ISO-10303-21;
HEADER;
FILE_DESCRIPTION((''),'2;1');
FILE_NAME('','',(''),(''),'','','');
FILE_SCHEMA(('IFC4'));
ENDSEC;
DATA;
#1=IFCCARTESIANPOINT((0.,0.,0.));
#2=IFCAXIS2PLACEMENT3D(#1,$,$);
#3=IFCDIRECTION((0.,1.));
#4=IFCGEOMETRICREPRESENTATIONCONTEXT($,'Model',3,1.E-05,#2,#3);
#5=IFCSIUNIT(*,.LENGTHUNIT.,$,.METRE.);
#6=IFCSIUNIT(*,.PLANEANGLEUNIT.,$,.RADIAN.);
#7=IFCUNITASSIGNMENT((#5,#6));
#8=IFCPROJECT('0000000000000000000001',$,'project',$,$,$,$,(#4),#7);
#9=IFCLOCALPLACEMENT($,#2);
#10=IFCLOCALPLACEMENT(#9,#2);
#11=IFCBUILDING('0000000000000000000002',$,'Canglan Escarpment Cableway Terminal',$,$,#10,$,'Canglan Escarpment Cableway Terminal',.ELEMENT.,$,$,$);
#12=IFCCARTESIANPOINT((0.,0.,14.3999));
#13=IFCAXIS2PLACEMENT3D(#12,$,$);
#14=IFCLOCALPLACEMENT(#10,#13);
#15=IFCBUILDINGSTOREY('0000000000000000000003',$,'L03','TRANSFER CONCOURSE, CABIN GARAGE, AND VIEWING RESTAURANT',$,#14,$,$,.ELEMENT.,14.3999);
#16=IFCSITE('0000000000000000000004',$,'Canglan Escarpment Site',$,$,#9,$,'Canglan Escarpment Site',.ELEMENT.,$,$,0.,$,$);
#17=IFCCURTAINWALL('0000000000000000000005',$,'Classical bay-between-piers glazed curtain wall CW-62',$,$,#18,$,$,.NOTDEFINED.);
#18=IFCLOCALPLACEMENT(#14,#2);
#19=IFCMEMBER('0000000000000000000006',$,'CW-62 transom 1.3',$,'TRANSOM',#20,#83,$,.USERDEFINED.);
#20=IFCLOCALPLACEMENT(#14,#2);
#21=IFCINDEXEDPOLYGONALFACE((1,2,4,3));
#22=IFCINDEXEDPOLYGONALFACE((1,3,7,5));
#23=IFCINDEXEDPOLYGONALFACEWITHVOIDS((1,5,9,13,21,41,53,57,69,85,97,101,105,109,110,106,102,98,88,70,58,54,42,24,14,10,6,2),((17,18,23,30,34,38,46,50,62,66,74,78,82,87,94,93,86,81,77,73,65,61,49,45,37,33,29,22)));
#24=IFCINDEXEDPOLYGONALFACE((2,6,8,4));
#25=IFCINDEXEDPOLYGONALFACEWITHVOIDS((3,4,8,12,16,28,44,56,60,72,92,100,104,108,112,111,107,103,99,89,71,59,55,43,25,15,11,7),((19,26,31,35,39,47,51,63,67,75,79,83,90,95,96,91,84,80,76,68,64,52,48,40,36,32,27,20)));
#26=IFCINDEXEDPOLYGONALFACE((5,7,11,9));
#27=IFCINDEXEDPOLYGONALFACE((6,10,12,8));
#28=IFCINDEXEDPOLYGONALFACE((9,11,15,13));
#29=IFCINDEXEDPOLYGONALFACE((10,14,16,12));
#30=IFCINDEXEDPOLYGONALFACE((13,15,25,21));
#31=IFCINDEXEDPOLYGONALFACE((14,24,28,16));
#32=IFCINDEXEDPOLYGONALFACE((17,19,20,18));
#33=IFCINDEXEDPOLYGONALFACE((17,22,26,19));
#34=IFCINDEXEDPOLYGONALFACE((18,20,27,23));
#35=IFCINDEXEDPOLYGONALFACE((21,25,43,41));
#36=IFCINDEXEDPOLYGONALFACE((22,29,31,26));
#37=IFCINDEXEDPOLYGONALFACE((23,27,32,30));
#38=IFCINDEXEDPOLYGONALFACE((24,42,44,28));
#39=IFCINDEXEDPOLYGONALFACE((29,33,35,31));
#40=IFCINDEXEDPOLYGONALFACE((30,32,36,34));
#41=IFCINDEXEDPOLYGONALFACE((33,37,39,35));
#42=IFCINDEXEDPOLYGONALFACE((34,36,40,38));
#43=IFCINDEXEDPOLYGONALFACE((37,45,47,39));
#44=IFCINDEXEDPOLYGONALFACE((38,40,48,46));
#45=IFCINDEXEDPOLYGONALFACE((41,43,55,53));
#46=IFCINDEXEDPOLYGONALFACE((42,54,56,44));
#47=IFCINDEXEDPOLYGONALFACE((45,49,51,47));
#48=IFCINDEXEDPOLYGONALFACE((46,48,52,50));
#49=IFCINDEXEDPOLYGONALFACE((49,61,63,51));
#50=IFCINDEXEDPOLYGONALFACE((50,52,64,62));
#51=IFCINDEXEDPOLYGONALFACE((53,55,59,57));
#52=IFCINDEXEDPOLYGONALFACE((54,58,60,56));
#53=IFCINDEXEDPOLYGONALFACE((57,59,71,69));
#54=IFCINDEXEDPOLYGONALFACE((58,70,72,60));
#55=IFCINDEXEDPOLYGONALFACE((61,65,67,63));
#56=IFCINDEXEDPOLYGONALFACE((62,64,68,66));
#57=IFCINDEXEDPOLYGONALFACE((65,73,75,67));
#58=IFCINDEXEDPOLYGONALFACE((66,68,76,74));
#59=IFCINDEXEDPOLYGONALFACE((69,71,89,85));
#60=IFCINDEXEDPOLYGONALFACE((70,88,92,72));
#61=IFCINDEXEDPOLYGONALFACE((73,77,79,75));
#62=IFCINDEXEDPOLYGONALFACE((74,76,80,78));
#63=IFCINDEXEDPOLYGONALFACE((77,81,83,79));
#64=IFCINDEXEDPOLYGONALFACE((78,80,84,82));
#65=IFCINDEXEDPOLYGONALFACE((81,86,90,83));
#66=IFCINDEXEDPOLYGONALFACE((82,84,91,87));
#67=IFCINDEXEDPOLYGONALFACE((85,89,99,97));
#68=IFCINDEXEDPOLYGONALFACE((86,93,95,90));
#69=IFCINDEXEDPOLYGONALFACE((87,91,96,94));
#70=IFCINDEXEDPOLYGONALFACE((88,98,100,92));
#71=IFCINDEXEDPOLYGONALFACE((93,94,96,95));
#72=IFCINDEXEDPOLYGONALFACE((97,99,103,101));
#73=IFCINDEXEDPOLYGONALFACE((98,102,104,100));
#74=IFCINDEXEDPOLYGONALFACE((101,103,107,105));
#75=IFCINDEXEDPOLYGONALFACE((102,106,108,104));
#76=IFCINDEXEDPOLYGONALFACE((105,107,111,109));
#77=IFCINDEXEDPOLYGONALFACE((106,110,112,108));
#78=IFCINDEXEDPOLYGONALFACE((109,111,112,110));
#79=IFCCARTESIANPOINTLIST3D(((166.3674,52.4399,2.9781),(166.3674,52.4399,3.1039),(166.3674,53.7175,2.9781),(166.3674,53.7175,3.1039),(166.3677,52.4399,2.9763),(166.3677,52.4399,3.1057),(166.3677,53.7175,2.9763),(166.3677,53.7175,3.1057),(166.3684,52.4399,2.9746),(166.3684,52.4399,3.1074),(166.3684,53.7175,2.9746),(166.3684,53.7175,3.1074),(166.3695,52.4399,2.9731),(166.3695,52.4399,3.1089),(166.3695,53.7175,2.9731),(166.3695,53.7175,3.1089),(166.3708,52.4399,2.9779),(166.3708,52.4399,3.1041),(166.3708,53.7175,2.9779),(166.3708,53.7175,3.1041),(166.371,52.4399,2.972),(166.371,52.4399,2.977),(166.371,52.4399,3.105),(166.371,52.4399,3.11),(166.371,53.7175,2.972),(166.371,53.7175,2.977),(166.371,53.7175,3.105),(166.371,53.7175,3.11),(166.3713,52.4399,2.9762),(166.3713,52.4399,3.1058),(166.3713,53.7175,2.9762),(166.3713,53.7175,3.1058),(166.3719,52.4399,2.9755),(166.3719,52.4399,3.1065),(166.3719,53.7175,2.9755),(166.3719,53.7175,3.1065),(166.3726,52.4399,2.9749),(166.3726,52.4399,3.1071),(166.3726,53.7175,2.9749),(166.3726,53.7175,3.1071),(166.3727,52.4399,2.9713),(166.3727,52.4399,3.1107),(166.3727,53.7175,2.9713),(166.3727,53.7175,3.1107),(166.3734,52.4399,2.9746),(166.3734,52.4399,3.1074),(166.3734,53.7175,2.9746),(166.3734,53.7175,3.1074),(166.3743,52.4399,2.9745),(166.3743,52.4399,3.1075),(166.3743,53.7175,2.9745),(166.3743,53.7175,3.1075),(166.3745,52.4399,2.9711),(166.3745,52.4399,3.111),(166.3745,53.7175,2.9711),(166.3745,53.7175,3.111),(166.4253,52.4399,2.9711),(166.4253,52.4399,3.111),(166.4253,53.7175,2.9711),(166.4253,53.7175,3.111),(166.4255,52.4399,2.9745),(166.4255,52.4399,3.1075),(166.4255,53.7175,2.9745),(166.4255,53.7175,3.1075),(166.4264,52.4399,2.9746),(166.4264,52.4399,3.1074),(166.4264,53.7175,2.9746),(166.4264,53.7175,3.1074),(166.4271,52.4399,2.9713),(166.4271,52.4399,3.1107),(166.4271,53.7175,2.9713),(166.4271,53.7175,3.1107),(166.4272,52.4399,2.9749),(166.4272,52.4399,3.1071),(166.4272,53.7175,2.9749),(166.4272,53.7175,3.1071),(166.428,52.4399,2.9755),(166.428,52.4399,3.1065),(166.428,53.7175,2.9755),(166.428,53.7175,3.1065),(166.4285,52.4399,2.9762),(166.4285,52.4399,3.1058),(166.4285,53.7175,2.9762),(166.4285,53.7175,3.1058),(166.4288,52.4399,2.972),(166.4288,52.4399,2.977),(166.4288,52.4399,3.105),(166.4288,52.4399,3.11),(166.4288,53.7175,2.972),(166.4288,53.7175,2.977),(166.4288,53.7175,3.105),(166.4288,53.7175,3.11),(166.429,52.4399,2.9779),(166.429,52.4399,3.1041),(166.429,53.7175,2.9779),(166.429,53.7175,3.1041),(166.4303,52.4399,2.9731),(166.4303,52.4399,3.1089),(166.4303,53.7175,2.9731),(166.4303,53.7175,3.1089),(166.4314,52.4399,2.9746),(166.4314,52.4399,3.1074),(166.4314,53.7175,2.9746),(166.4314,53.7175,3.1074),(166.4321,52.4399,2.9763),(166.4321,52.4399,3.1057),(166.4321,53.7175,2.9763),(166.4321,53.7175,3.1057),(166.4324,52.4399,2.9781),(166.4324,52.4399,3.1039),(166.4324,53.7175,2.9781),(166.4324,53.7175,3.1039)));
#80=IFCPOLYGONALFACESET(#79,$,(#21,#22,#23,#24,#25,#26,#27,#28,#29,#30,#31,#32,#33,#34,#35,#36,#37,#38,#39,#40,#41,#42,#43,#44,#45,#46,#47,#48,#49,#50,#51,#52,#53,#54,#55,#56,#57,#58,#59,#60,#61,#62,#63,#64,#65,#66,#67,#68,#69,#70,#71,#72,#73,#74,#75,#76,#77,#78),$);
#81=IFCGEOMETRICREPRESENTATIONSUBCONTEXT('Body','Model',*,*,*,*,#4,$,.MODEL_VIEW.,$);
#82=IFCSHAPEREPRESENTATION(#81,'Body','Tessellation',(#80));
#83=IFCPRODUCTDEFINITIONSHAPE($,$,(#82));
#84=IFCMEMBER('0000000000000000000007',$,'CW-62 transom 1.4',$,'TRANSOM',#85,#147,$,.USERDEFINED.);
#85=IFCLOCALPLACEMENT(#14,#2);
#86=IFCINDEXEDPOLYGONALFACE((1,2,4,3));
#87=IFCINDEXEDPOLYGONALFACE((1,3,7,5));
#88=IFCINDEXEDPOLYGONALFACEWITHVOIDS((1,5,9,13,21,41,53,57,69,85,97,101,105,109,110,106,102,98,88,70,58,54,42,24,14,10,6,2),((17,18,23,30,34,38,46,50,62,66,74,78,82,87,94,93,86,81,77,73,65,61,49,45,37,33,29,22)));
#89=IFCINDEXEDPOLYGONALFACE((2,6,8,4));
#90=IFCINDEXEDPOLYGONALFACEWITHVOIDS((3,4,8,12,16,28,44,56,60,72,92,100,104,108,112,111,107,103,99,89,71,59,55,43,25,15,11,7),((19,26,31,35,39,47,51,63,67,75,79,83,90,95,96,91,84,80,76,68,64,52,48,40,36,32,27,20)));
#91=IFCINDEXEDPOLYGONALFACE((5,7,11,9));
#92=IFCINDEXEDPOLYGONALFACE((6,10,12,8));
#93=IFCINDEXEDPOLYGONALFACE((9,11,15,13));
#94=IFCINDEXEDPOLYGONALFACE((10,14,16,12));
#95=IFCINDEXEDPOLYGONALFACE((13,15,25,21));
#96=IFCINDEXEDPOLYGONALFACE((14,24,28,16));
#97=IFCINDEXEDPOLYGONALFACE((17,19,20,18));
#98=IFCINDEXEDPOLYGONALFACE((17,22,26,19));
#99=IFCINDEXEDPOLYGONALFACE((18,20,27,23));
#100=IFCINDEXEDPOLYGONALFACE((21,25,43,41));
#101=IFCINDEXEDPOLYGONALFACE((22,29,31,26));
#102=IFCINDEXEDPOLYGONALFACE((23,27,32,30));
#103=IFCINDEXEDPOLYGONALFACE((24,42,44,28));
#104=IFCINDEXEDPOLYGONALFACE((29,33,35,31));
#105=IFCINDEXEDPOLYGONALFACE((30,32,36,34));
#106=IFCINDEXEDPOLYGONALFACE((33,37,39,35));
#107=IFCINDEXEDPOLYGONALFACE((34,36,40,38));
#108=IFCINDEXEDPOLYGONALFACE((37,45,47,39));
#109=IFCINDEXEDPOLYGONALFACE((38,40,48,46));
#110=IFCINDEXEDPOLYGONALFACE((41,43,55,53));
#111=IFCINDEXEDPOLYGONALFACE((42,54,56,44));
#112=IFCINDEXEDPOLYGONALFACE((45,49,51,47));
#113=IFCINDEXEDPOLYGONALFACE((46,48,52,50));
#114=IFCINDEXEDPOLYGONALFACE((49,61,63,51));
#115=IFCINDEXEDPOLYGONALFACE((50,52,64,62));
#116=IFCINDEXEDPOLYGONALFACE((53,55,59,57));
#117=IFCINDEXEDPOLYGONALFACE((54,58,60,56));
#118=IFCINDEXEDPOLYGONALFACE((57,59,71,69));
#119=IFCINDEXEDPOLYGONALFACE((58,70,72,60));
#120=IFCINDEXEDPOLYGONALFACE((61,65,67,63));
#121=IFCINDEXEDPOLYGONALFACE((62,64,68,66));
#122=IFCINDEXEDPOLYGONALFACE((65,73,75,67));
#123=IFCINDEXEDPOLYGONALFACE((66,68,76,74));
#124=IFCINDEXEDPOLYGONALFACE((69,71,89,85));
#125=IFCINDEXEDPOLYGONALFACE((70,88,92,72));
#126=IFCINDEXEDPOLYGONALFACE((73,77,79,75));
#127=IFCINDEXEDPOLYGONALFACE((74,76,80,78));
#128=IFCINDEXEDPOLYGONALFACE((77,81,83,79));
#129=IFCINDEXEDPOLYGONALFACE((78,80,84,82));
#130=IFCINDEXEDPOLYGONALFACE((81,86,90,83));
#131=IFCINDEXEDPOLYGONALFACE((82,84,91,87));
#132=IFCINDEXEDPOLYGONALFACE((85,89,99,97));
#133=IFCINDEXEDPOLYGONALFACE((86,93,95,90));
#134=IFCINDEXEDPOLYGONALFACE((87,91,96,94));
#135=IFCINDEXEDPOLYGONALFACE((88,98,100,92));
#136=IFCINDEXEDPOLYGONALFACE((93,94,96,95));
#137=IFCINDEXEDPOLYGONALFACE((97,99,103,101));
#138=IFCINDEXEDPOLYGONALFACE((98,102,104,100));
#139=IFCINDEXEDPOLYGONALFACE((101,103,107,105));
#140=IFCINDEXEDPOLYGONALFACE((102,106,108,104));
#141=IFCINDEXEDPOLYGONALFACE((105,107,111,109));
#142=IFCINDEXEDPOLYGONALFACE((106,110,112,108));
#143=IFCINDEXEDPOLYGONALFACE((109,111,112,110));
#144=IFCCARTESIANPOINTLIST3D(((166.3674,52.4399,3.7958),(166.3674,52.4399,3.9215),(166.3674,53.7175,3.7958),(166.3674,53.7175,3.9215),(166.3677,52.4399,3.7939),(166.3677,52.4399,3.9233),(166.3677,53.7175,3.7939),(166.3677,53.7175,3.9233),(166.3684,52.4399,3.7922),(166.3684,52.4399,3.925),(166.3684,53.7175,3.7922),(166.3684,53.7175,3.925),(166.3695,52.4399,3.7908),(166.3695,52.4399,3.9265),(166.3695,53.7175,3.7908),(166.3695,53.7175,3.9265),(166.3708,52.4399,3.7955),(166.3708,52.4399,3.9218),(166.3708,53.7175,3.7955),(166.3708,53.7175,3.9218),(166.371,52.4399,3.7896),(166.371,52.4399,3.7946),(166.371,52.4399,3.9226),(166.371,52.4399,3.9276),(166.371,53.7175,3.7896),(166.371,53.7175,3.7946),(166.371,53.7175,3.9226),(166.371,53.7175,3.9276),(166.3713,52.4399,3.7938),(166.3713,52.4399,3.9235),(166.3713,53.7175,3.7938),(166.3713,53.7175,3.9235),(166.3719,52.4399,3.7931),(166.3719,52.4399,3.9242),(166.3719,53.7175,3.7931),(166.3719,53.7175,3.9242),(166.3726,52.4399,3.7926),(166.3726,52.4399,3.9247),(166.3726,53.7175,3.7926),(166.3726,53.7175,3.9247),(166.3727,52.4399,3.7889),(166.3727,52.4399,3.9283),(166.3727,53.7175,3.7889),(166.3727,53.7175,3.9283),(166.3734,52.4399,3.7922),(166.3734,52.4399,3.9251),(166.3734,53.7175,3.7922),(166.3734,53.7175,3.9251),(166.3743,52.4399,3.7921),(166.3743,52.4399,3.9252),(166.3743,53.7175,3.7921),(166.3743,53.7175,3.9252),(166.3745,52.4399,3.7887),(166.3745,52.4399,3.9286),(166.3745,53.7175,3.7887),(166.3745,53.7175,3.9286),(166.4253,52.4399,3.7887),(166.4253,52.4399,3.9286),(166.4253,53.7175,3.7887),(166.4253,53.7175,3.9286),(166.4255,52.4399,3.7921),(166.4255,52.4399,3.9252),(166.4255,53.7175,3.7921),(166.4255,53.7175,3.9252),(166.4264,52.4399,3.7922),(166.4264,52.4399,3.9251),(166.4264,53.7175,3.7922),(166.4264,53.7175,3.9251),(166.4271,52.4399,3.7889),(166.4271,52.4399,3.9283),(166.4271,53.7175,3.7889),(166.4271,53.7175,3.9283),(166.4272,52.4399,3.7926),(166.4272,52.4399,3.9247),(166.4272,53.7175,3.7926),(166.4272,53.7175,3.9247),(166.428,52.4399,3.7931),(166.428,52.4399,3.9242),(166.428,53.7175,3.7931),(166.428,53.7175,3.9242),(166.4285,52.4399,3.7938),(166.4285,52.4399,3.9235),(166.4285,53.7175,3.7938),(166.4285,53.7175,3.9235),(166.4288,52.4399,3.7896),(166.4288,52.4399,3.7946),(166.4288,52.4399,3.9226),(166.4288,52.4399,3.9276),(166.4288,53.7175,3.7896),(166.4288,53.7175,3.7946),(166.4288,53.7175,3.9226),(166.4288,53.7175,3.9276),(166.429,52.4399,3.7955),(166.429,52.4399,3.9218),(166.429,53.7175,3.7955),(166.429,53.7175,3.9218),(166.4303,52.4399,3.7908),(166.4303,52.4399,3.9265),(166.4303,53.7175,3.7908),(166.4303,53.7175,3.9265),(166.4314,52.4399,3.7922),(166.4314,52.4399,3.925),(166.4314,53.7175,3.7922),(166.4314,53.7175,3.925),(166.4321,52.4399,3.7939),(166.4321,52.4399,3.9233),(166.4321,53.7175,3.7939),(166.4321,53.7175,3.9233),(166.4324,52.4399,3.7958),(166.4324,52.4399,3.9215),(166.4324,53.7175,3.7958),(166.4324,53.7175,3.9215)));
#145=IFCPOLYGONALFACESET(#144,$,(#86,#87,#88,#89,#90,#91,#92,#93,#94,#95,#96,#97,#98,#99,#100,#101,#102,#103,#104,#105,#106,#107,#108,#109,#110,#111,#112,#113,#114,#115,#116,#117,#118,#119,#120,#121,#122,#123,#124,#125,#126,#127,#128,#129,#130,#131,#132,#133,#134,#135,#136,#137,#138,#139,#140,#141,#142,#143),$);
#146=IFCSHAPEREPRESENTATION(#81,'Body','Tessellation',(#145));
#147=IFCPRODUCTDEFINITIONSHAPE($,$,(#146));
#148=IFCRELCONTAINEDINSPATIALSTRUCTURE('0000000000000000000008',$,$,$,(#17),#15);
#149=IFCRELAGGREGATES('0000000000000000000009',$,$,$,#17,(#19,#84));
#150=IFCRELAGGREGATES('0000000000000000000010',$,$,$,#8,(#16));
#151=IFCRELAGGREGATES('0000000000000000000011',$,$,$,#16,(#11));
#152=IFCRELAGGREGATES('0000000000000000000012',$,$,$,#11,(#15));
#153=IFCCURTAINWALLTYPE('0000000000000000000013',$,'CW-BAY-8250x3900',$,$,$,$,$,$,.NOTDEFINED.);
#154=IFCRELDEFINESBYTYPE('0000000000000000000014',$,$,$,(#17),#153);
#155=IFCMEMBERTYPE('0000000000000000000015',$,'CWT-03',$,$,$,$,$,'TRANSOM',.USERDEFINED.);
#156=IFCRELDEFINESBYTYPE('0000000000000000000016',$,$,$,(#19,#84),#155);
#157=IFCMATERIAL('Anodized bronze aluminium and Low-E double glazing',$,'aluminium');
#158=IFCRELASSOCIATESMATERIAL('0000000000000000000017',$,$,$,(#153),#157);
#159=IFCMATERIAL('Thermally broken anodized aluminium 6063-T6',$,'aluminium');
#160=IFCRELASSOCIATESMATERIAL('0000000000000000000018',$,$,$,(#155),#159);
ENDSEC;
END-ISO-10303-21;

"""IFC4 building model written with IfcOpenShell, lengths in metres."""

from ifc_helpers import new_model, si_unit, direction, frame, origin, origin_2d, place, context, subcontext, project, spatial, hollow_rectangle, extrude, material, material_profile, profile_set, type_object, element, aggregate, save


model = new_model("IFC4")

# Units and contexts
model_context = context("Model", 3, precision=1e-05, world=origin(), true_north=direction((0.0, 1.0)))
body_context = subcontext(model_context, "Body", "Model", "MODEL_VIEW")
ifc_project = project(units=[si_unit("LENGTHUNIT", "METRE"), si_unit("PLANEANGLEUNIT", "RADIAN")], contexts=[model_context])

# Site, building, storey
site_placement = place(None, origin())
site = spatial("IfcSite", under=ifc_project, at=site_placement, Name="Canglan Escarpment Site", LongName="Canglan Escarpment Site", CompositionType="ELEMENT", RefElevation=0.0)
building_placement = place(site_placement, origin())
building = spatial("IfcBuilding", under=site, at=building_placement, Name="Canglan Escarpment Cableway Terminal", LongName="Canglan Escarpment Cableway Terminal", CompositionType="ELEMENT")
storey_placement = place(building_placement, frame((0.0, 0.0, 14.3999)))
storey = spatial("IfcBuildingStorey", under=building, at=storey_placement, Name="L03", Description="TRANSFER CONCOURSE, CABIN GARAGE, AND VIEWING RESTAURANT", CompositionType="ELEMENT", Elevation=14.3999)

# Shared definitions
ifc_material_1 = material(Name="Anodized bronze aluminium and Low-E double glazing", Category="aluminium")
curtain_wall_type = type_object("IfcCurtainWallType", Name="CW-BAY-8250x3900", PredefinedType="NOTDEFINED", material=ifc_material_1)
ifc_material_2 = material(Name="Thermally broken anodized aluminium 6063-T6", Category="aluminium")

# Curtain wall
curtain_wall_1_placement = place(storey_placement, origin())
curtain_wall_1 = element("IfcCurtainWall", 1, at=curtain_wall_1_placement, inside=storey, type_object=curtain_wall_type, Name="Classical bay-between-piers glazed curtain wall CW-62", PredefinedType="NOTDEFINED")

# Members
ifc_material_profile_1 = material_profile(ifc_material_2, hollow_rectangle(XDim=0.0649, YDim=0.1399, WallThickness=0.0034, InnerFilletRadius=0.0034, OuterFilletRadius=0.0071, at=origin_2d()), Name="ALU-TRAN 65x140x3.5")
ifc_profile_set_1 = profile_set([ifc_material_profile_1], Name="Thermally broken anodized aluminium 6063-T6")
member_type_1 = type_object("IfcMemberType", Name="CWT-03", ElementType="TRANSOM", PredefinedType="USERDEFINED", material=ifc_profile_set_1)
member_1_placement = place(storey_placement, frame((166.3999, 52.4399, 3.041), z_axis=(0.0, 1.0, 0.0), x_axis=(-1.0, 0.0, 0.0)))
member_1 = element("IfcMember", 2, at=member_1_placement, type_object=member_type_1, Name="CW-62 transom 1.3", ObjectType="TRANSOM", PredefinedType="USERDEFINED", context=body_context, shape_type="SweptSolid", body=[
    extrude(hollow_rectangle(XDim=0.0649, YDim=0.1399, WallThickness=0.0034, InnerFilletRadius=0.0034, OuterFilletRadius=0.0071, at=origin_2d()), origin(), (0.0, 0.0, 1.0), 1.2776),
])
member_2_placement = place(storey_placement, frame((166.3999, 52.4399, 3.8586), z_axis=(0.0, 1.0, 0.0), x_axis=(-1.0, 0.0, 0.0)))
member_2 = element("IfcMember", 3, at=member_2_placement, type_object=member_type_1, Name="CW-62 transom 1.4", ObjectType="TRANSOM", PredefinedType="USERDEFINED", context=body_context, shape_type="SweptSolid", body=[
    extrude(hollow_rectangle(XDim=0.0649, YDim=0.1399, WallThickness=0.0034, InnerFilletRadius=0.0034, OuterFilletRadius=0.0071, at=origin_2d()), origin(), (0.0, 0.0, 1.0), 1.2776),
])

aggregate(curtain_wall_1, [member_1, member_2])

save(model, "model.ifc")
